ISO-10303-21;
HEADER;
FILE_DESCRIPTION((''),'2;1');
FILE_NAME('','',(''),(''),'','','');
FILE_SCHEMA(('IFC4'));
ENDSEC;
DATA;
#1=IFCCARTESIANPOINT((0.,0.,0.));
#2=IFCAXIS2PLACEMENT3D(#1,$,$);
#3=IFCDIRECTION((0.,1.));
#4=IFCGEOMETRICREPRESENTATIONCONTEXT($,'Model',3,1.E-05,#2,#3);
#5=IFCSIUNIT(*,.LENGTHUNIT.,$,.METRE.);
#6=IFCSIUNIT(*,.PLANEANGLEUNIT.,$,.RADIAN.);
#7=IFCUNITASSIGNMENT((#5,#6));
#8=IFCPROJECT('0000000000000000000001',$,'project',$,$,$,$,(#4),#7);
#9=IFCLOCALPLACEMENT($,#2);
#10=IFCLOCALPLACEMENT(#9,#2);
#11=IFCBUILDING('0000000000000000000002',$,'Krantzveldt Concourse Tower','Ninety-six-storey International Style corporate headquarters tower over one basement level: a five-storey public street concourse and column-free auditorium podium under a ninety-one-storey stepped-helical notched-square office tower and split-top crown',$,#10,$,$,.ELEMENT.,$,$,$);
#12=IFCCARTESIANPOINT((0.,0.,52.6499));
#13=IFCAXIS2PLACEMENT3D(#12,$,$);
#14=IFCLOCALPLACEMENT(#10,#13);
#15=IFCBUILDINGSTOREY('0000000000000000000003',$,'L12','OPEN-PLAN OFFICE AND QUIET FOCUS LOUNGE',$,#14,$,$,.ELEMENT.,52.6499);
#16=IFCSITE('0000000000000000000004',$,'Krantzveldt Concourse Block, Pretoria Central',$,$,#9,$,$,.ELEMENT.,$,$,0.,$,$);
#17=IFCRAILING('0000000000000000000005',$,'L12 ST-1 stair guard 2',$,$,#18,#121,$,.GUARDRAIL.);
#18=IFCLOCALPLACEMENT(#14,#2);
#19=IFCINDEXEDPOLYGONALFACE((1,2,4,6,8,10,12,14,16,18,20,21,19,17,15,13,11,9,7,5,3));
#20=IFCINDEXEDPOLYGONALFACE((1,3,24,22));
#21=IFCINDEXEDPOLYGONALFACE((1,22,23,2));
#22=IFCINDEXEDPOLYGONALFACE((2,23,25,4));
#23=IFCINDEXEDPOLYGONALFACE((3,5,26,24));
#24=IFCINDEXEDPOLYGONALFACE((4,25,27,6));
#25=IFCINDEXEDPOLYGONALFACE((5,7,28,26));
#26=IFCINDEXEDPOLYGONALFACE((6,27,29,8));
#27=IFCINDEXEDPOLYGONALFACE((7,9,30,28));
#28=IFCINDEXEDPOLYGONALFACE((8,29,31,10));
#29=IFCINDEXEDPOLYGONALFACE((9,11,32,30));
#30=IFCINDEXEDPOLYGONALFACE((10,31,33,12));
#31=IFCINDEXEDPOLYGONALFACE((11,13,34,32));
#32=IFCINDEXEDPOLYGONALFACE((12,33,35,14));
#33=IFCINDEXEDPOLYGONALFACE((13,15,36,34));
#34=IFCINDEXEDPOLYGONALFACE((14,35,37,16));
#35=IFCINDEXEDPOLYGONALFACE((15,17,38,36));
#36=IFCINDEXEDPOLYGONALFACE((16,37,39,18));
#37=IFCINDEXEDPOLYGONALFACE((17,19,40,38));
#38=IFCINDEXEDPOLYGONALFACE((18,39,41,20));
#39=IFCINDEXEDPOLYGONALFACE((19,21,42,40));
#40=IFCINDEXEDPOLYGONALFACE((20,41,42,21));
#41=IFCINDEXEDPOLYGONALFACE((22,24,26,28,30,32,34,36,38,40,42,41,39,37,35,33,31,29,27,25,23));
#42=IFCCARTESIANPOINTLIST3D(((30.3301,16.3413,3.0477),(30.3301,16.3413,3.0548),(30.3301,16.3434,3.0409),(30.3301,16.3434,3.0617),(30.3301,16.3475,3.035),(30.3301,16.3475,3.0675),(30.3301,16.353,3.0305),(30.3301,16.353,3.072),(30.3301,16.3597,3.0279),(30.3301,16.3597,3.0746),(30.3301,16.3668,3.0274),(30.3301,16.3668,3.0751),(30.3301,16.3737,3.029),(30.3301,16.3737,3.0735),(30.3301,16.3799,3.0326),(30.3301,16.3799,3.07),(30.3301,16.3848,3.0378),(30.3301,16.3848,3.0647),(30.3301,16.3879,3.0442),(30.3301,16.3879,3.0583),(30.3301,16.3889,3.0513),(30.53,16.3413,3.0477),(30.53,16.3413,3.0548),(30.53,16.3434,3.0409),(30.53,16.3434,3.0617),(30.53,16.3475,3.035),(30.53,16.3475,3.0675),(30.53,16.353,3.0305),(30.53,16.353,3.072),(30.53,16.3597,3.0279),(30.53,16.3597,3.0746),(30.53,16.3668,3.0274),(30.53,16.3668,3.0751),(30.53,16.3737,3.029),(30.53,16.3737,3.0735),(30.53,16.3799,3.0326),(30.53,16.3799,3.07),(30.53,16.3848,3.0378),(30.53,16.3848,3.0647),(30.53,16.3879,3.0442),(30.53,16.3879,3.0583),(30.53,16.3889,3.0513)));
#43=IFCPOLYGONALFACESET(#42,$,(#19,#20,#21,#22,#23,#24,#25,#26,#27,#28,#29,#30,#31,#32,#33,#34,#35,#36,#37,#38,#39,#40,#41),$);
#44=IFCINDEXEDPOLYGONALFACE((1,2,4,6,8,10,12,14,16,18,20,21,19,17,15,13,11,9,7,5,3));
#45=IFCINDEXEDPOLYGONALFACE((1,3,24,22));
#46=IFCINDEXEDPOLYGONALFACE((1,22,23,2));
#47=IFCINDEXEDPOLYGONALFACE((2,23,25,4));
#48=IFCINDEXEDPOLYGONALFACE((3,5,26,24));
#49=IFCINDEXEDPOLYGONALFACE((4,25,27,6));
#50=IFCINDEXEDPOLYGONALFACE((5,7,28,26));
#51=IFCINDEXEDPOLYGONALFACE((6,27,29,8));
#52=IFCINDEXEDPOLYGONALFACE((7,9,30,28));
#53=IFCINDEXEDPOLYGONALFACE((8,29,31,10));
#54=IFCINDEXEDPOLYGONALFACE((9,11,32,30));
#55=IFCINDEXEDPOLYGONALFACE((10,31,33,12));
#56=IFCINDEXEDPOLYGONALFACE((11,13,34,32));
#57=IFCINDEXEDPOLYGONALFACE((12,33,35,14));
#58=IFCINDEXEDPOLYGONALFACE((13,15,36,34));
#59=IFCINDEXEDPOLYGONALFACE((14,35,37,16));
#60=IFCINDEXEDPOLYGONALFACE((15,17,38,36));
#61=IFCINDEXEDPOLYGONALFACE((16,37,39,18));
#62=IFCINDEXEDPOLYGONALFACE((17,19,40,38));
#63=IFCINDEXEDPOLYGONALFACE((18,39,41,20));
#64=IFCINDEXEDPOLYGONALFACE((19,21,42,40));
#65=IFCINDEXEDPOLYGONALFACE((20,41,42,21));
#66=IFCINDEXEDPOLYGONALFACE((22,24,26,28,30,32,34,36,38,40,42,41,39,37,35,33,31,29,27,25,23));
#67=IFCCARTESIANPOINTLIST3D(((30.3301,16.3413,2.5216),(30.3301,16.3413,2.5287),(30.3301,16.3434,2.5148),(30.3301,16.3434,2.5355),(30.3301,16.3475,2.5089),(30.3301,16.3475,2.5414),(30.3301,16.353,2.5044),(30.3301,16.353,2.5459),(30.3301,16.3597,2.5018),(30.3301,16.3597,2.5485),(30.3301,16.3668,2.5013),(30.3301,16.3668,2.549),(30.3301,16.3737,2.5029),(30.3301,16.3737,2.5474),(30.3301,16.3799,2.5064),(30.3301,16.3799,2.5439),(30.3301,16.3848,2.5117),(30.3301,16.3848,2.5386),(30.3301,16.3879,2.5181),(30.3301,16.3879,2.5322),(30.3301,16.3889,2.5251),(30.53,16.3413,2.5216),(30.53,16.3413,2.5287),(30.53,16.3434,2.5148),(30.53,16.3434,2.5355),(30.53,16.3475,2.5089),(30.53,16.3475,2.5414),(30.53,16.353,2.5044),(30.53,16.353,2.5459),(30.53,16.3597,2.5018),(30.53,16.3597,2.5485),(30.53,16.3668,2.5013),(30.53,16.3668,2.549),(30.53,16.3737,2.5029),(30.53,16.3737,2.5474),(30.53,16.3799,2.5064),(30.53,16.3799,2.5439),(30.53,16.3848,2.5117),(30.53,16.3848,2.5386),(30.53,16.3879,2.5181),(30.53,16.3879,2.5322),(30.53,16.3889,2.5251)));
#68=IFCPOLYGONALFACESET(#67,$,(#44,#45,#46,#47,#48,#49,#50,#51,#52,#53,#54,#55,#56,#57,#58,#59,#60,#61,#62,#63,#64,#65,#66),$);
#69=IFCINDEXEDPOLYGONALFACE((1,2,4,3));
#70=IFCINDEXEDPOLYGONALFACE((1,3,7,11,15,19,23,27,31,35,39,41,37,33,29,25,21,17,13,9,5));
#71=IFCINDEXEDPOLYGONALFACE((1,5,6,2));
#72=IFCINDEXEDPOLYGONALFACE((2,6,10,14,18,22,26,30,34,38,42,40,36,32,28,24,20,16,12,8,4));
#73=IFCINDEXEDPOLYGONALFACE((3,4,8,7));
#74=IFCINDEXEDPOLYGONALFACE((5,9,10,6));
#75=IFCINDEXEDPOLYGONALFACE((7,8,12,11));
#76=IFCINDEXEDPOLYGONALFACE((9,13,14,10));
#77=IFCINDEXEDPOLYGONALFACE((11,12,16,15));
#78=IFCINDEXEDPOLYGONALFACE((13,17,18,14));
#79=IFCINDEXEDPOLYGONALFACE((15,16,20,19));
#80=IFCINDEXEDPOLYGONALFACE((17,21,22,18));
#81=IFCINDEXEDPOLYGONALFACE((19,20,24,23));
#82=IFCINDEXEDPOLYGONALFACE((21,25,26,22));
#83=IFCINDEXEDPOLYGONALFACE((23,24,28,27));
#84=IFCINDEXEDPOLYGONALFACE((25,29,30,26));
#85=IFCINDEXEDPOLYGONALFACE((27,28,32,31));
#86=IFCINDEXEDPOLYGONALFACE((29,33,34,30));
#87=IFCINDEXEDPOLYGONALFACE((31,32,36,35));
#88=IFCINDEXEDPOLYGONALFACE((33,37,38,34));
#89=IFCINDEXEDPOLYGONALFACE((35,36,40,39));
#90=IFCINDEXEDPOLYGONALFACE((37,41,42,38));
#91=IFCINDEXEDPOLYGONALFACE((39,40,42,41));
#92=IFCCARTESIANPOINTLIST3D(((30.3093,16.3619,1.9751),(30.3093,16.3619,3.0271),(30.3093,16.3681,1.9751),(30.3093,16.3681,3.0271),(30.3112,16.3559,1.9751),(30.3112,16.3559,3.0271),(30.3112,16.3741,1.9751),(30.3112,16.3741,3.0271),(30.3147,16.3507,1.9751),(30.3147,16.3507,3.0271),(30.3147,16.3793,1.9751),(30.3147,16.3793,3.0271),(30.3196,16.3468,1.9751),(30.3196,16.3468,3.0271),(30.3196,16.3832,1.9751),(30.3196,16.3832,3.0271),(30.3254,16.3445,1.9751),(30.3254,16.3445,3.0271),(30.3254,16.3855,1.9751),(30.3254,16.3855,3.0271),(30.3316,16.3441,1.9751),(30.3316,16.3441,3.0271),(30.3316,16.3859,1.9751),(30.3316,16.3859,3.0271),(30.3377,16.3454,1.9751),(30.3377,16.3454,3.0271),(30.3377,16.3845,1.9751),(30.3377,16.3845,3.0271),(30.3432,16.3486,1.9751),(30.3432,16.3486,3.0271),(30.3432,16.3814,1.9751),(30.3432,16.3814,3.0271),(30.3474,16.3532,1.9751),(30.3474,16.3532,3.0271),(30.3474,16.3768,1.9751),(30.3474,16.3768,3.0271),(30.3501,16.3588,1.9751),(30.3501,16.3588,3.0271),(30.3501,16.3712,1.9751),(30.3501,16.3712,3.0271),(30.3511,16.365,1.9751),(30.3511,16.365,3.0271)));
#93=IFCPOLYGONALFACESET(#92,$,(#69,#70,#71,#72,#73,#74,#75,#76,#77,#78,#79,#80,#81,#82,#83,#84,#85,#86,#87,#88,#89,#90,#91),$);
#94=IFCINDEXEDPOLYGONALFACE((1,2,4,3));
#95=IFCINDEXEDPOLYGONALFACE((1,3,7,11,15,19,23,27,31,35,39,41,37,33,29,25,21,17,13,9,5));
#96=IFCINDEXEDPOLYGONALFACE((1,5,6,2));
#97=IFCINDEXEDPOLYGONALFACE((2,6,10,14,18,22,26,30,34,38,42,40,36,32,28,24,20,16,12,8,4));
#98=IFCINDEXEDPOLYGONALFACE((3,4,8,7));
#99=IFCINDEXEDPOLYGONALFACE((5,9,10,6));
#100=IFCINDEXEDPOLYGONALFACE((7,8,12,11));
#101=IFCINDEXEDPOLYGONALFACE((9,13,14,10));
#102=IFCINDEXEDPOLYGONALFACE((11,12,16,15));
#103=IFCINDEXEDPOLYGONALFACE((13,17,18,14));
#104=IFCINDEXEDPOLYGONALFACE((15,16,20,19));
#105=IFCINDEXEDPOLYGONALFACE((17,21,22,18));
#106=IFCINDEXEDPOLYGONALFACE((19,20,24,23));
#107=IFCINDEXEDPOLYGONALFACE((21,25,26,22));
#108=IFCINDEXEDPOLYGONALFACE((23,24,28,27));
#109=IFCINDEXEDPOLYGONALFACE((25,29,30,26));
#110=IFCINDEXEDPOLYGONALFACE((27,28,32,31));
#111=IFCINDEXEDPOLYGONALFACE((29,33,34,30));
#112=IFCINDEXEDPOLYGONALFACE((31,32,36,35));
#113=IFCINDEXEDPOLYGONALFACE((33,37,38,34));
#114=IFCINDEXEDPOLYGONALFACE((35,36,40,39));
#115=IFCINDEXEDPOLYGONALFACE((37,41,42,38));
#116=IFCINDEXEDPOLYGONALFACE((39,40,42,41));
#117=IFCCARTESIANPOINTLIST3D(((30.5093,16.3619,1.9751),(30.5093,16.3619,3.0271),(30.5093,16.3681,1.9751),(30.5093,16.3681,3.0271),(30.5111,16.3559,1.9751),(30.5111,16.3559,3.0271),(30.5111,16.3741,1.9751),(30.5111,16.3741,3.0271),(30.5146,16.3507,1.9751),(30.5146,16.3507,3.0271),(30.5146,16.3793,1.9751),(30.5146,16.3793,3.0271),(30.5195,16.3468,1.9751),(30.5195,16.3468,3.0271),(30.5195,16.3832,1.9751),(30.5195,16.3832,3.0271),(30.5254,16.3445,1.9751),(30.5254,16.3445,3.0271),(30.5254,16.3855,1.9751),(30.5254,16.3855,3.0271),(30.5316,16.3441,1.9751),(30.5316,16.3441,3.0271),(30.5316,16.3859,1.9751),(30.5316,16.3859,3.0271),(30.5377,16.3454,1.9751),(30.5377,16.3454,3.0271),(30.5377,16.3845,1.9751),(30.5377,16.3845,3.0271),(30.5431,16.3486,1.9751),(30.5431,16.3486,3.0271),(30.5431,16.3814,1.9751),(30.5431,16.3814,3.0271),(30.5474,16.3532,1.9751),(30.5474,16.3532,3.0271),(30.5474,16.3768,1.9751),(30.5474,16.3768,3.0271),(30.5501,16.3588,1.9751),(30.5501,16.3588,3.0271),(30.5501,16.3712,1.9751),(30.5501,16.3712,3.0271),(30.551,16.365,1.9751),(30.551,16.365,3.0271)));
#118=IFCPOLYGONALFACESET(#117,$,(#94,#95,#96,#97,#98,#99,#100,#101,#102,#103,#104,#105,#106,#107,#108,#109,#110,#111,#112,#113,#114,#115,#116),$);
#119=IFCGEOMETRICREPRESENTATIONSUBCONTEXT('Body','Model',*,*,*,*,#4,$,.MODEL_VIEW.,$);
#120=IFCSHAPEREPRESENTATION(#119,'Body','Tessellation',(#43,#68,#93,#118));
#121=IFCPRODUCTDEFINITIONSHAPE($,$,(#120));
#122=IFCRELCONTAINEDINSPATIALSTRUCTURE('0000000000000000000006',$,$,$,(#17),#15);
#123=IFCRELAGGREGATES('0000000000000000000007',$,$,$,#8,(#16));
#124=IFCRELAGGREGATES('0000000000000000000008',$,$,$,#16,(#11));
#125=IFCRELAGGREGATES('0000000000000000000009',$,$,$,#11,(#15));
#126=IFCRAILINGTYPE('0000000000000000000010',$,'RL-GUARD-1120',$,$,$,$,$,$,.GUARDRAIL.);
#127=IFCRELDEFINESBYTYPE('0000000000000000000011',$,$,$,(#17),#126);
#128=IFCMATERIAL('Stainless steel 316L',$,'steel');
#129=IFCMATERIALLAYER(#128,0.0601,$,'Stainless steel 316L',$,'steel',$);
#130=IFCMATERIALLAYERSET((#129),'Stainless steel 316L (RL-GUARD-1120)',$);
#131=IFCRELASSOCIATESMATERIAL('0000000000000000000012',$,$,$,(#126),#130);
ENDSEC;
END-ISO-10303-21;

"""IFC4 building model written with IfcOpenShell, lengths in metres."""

from ifc_helpers import new_model, si_unit, direction, frame, origin, origin_2d, place, context, subcontext, project, spatial, circle, extrude, material, layer, layer_set, type_object, element, save


model = new_model("IFC4")

# Units and contexts
model_context = context("Model", 3, precision=1e-05, world=origin(), true_north=direction((0.0, 1.0)))
body_context = subcontext(model_context, "Body", "Model", "MODEL_VIEW")
ifc_project = project(units=[si_unit("LENGTHUNIT", "METRE"), si_unit("PLANEANGLEUNIT", "RADIAN")], contexts=[model_context])

# Site, building, storey
site_placement = place(None, origin())
site = spatial("IfcSite", under=ifc_project, at=site_placement, Name="Krantzveldt Concourse Block, Pretoria Central", CompositionType="ELEMENT", RefElevation=0.0)
building_placement = place(site_placement, origin())
building = spatial("IfcBuilding", under=site, at=building_placement, Name="Krantzveldt Concourse Tower", Description="Ninety-six-storey International Style corporate headquarters tower over one basement level: a five-storey public street concourse and column-free auditorium podium under a ninety-one-storey stepped-helical notched-square office tower and split-top crown", CompositionType="ELEMENT")
storey_placement = place(building_placement, frame((0.0, 0.0, 52.6499)))
storey = spatial("IfcBuildingStorey", under=building, at=storey_placement, Name="L12", Description="OPEN-PLAN OFFICE AND QUIET FOCUS LOUNGE", CompositionType="ELEMENT", Elevation=52.6499)

# Railing
ifc_material_1 = material(Name="Stainless steel 316L", Category="steel")
ifc_layer_1 = layer(ifc_material_1, 0.0601, Name="Stainless steel 316L", Category="steel")
ifc_layer_set_1 = layer_set([ifc_layer_1], Name="Stainless steel 316L (RL-GUARD-1120)")
railing_type_1 = type_object("IfcRailingType", Name="RL-GUARD-1120", PredefinedType="GUARDRAIL", material=ifc_layer_set_1)
railing_1_placement = place(storey_placement, frame((30.3301, 16.365, 1.9751)))
element("IfcRailing", 1, at=railing_1_placement, inside=storey, type_object=railing_type_1, Name="L12 ST-1 stair guard 2", PredefinedType="GUARDRAIL", context=body_context, shape_type="SweptSolid", body=[
    extrude(circle(Radius=0.0239, at=origin_2d()), frame((0.0, 0.0, 1.0762), z_axis=(1.0, 0.0, 0.0), x_axis=(0.0, 1.0, 0.0)), (0.0, 0.0, 1.0), 0.2),
    extrude(circle(Radius=0.0239, at=origin_2d()), frame((0.0, 0.0, 0.55), z_axis=(1.0, 0.0, 0.0), x_axis=(0.0, 1.0, 0.0)), (0.0, 0.0, 1.0), 0.2),
    extrude(circle(Radius=0.021, at=origin_2d()), origin(), (0.0, 0.0, 1.0), 1.052),
    extrude(circle(Radius=0.021, at=origin_2d()), frame((0.2, 0.0, 0.0)), (0.0, 0.0, 1.0), 1.052),
])

save(model, "model.ifc")
